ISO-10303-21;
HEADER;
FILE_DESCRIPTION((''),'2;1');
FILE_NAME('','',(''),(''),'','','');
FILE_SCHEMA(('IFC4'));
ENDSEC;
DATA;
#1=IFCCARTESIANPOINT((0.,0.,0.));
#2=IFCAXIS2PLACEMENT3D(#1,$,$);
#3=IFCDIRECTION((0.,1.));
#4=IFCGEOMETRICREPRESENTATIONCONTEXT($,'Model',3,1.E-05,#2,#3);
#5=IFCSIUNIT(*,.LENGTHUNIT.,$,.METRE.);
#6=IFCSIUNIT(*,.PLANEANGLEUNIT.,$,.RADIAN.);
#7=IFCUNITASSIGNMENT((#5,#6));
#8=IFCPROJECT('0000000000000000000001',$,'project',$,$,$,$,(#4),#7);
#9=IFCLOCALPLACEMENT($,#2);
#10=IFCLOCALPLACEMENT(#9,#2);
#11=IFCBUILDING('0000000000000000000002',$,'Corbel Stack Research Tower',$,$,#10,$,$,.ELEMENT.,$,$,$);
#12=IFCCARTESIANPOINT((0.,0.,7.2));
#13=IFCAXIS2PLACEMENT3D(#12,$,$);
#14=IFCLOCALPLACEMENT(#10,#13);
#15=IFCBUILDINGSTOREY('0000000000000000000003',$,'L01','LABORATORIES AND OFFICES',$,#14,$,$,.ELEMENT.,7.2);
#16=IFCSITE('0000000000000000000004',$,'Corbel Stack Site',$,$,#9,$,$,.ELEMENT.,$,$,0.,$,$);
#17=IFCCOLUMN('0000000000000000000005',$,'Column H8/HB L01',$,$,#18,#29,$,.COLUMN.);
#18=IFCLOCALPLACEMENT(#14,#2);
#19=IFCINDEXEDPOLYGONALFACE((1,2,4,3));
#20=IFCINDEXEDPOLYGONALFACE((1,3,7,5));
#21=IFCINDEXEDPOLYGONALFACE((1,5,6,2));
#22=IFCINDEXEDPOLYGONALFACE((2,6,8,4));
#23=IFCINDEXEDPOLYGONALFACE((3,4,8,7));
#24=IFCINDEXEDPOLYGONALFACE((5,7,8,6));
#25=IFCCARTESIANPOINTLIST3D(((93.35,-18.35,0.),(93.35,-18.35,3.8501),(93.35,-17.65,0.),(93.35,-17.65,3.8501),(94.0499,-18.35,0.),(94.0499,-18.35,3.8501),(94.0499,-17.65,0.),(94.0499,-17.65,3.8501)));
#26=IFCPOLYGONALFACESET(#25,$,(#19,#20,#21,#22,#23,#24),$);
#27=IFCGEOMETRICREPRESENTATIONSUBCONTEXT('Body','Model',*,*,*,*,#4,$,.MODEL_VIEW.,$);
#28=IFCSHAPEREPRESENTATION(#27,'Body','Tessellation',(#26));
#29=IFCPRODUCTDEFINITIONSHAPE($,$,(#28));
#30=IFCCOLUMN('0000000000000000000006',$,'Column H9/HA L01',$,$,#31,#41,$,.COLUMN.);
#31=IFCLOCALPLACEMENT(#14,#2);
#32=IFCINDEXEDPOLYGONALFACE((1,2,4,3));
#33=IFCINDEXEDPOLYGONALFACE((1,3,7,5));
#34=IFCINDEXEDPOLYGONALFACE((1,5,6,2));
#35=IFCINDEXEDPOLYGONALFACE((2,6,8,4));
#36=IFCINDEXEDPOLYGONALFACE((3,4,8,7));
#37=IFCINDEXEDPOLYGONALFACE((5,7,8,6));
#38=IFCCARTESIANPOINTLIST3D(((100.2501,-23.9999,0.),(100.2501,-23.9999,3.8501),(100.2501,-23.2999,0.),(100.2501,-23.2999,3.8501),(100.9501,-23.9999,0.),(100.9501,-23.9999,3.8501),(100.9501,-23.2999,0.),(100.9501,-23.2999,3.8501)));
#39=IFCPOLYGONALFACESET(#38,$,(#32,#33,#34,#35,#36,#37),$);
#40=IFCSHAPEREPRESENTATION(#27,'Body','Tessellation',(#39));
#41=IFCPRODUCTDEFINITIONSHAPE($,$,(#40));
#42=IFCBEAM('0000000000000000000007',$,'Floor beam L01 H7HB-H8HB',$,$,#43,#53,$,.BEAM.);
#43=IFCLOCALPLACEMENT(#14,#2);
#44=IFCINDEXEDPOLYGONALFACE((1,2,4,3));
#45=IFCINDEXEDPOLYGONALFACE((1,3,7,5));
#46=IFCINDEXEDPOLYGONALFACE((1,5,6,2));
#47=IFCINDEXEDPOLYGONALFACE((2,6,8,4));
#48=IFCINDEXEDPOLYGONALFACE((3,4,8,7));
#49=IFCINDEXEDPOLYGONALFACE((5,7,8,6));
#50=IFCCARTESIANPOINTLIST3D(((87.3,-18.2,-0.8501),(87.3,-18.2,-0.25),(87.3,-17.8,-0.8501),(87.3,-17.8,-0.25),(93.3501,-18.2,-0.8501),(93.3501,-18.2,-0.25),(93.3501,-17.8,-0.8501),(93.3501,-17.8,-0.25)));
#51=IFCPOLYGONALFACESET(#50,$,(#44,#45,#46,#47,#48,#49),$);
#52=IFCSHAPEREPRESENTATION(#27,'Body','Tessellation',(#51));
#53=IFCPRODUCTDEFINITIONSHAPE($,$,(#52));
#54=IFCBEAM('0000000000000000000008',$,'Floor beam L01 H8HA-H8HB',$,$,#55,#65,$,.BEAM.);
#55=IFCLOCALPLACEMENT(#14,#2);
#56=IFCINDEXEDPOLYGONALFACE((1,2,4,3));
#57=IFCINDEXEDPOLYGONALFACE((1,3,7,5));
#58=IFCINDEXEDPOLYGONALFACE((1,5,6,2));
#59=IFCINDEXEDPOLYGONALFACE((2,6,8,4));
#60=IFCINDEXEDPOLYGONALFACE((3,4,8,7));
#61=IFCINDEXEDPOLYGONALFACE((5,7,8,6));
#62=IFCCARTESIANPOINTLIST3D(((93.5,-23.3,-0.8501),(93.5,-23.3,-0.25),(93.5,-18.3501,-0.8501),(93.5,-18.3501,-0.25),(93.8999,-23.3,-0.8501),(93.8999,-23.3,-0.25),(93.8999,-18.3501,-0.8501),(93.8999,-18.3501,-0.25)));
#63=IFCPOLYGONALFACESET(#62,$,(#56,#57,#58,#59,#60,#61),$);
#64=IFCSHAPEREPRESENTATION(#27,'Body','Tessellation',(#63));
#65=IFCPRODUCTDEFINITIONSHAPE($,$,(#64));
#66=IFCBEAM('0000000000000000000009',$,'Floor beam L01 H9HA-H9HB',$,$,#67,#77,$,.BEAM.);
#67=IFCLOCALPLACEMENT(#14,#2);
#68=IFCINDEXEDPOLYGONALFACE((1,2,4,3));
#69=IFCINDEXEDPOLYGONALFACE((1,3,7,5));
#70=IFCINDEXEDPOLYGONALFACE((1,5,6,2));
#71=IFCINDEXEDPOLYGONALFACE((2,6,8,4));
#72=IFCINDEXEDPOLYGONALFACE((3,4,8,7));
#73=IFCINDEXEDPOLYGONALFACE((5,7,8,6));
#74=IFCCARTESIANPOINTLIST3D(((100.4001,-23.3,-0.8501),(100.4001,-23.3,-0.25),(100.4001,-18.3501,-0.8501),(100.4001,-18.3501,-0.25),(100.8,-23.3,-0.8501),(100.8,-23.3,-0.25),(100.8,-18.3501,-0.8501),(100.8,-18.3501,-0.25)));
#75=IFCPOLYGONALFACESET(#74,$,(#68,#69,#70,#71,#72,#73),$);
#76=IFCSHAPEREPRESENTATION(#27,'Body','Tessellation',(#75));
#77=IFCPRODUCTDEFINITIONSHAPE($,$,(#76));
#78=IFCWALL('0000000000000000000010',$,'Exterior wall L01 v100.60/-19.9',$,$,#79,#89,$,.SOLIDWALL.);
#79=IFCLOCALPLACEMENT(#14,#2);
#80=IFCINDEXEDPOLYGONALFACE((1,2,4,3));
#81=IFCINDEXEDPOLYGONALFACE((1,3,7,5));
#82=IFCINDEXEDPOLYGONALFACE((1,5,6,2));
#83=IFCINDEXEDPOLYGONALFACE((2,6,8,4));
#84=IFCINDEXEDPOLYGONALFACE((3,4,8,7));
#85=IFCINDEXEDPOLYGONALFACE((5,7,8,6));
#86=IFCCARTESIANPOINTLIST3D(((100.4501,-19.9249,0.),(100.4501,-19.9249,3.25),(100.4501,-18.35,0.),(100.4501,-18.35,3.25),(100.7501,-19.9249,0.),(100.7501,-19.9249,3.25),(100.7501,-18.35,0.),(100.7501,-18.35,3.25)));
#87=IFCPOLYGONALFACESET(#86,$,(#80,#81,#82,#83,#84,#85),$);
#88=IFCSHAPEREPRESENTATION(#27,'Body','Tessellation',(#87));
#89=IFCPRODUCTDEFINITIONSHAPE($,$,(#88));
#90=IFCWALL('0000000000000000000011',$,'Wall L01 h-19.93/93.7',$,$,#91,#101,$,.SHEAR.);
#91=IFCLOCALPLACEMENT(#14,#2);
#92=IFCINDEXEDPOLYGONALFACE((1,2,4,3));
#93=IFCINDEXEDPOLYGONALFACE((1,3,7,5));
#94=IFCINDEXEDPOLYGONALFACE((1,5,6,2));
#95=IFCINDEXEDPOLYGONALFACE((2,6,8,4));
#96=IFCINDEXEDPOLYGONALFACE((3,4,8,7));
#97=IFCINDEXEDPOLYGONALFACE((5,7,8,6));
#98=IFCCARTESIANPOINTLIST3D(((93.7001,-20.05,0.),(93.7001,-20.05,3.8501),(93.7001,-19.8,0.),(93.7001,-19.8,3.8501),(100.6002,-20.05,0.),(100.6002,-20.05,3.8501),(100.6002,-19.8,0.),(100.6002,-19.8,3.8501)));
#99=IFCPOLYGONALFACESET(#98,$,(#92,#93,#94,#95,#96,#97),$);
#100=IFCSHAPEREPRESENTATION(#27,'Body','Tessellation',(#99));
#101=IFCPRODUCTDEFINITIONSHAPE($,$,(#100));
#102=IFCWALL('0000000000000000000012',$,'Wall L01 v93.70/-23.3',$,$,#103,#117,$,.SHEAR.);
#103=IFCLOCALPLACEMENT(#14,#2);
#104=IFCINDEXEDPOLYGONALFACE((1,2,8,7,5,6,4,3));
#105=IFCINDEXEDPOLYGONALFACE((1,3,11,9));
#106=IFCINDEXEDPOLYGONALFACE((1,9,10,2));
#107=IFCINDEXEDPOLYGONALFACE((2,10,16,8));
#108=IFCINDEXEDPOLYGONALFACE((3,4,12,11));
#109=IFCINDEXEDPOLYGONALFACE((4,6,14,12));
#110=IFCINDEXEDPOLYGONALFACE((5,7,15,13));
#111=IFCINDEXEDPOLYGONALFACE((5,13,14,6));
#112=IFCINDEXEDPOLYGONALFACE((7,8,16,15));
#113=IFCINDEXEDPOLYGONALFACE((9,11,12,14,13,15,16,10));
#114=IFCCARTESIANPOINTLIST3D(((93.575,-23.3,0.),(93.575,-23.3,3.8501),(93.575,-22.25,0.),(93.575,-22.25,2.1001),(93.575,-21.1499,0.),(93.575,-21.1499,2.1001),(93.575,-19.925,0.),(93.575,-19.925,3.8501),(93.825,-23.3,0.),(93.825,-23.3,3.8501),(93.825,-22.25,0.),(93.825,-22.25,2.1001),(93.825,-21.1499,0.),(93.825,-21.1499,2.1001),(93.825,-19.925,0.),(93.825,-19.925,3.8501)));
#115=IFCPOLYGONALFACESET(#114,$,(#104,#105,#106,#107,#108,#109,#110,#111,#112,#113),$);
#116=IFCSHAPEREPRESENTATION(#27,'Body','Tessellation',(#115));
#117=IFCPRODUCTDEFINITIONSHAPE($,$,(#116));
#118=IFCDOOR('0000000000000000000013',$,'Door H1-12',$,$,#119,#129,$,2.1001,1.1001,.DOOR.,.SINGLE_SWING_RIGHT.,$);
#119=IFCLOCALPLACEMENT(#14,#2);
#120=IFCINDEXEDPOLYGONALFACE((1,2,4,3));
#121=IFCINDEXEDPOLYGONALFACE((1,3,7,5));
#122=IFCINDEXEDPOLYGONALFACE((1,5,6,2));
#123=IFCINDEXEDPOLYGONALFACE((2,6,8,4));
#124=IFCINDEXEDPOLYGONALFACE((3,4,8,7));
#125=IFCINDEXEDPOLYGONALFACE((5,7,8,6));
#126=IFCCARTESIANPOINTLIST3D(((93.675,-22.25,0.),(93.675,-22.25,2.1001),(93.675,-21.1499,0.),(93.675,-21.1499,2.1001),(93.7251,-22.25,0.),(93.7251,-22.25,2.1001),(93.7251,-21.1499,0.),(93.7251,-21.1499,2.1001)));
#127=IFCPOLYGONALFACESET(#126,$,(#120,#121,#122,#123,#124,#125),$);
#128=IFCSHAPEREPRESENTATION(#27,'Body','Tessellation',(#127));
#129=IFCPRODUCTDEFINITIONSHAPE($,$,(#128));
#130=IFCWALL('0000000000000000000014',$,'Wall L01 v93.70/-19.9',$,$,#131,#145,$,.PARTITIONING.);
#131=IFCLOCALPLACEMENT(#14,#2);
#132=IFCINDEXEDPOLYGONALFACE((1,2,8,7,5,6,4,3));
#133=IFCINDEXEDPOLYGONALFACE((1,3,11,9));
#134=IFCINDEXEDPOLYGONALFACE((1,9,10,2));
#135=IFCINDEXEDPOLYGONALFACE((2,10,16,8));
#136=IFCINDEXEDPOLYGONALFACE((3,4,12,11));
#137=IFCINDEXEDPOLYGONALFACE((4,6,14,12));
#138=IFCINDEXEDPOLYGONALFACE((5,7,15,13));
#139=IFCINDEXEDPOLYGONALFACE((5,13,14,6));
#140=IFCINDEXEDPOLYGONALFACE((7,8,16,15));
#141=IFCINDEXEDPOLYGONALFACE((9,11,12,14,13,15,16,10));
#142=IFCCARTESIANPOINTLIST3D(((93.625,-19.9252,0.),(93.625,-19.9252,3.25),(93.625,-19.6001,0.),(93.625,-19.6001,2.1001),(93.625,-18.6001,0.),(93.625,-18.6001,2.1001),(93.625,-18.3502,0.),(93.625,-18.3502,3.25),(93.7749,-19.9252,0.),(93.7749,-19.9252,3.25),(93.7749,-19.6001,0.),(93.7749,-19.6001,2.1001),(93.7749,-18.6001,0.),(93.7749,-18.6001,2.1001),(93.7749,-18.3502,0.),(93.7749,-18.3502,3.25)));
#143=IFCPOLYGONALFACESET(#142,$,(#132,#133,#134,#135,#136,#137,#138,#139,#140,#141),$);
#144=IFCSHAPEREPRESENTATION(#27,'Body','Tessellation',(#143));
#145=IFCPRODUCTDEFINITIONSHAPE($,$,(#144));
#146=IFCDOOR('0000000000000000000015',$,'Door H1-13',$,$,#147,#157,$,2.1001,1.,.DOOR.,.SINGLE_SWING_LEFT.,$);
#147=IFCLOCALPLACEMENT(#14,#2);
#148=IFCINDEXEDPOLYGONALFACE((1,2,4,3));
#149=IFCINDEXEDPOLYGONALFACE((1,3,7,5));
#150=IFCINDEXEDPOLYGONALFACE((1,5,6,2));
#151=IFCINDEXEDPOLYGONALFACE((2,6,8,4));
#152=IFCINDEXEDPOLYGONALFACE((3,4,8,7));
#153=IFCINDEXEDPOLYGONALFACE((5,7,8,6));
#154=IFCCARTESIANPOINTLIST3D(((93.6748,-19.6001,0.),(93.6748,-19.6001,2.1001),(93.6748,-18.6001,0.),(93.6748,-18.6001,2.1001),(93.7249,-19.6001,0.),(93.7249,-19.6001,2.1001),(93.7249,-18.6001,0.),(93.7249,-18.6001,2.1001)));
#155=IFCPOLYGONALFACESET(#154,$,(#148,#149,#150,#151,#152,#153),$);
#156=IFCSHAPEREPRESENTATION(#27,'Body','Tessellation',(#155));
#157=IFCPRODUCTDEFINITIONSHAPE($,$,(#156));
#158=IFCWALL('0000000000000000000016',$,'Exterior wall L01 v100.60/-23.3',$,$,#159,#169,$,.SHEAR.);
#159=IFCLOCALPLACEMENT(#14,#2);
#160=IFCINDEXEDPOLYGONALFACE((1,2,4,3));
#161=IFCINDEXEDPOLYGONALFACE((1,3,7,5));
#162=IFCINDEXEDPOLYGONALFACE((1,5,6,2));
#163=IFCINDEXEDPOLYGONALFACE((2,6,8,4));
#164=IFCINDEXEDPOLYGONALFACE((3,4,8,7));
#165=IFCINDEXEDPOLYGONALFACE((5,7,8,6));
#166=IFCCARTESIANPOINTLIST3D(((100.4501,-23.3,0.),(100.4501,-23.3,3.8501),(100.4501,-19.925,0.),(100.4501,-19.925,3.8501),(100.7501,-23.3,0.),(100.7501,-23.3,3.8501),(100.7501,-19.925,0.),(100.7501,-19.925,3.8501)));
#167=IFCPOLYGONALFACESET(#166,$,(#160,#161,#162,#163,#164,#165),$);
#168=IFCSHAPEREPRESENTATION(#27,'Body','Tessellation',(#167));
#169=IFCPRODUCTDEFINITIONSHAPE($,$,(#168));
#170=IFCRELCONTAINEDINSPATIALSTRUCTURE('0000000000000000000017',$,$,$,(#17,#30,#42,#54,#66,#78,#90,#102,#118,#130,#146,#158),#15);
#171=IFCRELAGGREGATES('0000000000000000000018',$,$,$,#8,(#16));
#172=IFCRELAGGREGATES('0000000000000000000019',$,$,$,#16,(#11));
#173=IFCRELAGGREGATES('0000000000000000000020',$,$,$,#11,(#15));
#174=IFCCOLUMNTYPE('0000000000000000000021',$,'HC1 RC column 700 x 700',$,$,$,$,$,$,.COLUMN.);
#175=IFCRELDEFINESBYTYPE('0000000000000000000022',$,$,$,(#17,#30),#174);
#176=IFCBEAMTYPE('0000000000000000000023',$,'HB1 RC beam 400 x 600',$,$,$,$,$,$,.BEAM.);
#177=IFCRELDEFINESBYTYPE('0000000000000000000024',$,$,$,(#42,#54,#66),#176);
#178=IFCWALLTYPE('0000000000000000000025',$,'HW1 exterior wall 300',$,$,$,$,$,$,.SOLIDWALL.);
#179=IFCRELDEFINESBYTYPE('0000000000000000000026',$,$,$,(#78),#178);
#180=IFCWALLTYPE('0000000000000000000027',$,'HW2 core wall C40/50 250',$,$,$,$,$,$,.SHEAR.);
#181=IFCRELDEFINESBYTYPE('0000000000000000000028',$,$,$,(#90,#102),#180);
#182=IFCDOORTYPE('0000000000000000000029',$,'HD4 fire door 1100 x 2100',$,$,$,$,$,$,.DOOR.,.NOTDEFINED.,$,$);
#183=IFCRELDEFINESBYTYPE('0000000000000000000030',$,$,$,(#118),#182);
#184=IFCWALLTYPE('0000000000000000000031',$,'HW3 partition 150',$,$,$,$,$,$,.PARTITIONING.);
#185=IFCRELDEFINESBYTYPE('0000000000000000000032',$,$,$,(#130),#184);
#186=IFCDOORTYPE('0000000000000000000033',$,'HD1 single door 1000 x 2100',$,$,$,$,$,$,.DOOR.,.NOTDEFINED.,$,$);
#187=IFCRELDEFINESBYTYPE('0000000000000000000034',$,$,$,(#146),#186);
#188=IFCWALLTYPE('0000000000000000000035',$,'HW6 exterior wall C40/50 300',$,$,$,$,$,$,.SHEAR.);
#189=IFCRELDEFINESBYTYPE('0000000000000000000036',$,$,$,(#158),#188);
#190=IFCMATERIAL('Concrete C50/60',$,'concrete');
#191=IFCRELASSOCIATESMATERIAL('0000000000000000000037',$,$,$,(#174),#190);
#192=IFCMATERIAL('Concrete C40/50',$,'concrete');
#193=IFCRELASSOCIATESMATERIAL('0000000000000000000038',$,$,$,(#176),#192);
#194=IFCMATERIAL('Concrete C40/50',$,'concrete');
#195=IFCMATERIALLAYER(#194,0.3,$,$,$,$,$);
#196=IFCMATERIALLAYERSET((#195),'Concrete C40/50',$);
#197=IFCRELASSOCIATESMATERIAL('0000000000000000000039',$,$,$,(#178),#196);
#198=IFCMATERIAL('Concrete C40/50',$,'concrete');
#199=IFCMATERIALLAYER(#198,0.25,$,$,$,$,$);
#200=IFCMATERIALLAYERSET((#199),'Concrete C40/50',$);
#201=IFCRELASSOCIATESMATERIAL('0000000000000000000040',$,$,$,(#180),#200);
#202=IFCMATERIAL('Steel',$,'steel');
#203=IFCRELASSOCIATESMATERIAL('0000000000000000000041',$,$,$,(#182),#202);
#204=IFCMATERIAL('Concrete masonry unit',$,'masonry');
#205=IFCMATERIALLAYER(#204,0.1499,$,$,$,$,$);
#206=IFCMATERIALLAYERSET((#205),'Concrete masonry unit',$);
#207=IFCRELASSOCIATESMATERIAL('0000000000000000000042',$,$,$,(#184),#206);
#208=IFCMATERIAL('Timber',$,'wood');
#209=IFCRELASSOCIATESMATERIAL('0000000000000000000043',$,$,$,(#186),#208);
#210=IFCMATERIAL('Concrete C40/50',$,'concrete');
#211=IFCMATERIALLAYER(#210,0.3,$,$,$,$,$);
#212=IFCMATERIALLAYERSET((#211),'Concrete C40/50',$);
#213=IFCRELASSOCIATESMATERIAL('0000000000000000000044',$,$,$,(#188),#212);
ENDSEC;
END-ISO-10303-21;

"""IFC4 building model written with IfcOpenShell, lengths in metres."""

from ifc_helpers import new_model, si_unit, direction, frame, frame_2d, origin, origin_2d, place, context, subcontext, project, spatial, rectangle, extrude, material, layer, layer_set, material_profile, profile_set, type_object, element, fill, save


model = new_model("IFC4")

# Units and contexts
model_context = context("Model", 3, precision=1e-05, world=origin(), true_north=direction((0.0, 1.0)))
body_context = subcontext(model_context, "Body", "Model", "MODEL_VIEW")
ifc_project = project(units=[si_unit("LENGTHUNIT", "METRE"), si_unit("PLANEANGLEUNIT", "RADIAN")], contexts=[model_context])

# Site, building, storey
site_placement = place(None, origin())
site = spatial("IfcSite", under=ifc_project, at=site_placement, Name="Corbel Stack Site", CompositionType="ELEMENT", RefElevation=0.0)
building_placement = place(site_placement, origin())
building = spatial("IfcBuilding", under=site, at=building_placement, Name="Corbel Stack Research Tower", CompositionType="ELEMENT")
storey_placement = place(building_placement, frame((0.0, 0.0, 7.2)))
storey = spatial("IfcBuildingStorey", under=building, at=storey_placement, Name="L01", Description="LABORATORIES AND OFFICES", CompositionType="ELEMENT", Elevation=7.2)

# Columns
ifc_material_1 = material(Name="Concrete C50/60", Category="concrete")
ifc_material_profile_1 = material_profile(ifc_material_1, rectangle(XDim=0.7, YDim=0.7, at=origin_2d()), Name="RC 700 x 700")
ifc_profile_set_1 = profile_set([ifc_material_profile_1], Name="Concrete C50/60")
column_type = type_object("IfcColumnType", Name="HC1 RC column 700 x 700", PredefinedType="COLUMN", material=ifc_profile_set_1)
for number, where, z_axis, x_axis, name in (
    (1, (93.7, -18.0, 0.0), (0.0, 0.0, 1.0), (1.0, 0.0, 0.0), "Column H8/HB L01"),
    (2, (100.6001, -23.6499, 0.0), (0.0, 0.0, 1.0), (1.0, 0.0, 0.0), "Column H9/HA L01"),
):
    element("IfcColumn", number, at=place(storey_placement, frame(where, z_axis=z_axis, x_axis=x_axis)), inside=storey, type_object=column_type, Name=name, PredefinedType="COLUMN", context=body_context, shape_type="SweptSolid", body=[
        extrude(rectangle(XDim=0.7, YDim=0.7, at=origin_2d()), origin(), (0.0, 0.0, 1.0), 3.8501),
    ])

# Beams
ifc_material_2 = material(Name="Concrete C40/50", Category="concrete")
ifc_material_profile_2 = material_profile(ifc_material_2, rectangle(XDim=0.3999, YDim=0.6001, at=origin_2d()), Name="RC 400 x 600")
ifc_profile_set_2 = profile_set([ifc_material_profile_2], Name="Concrete C40/50")
beam_type = type_object("IfcBeamType", Name="HB1 RC beam 400 x 600", PredefinedType="BEAM", material=ifc_profile_set_2)
beam_placement = place(storey_placement, frame((87.3, -18.0, -0.55), z_axis=(1.0, 0.0, 0.0), x_axis=(0.0, 1.0, 0.0)))
element("IfcBeam", 3, at=beam_placement, inside=storey, type_object=beam_type, Name="Floor beam L01 H7HB-H8HB", PredefinedType="BEAM", context=body_context, shape_type="SweptSolid", body=[
    extrude(rectangle(XDim=0.3999, YDim=0.6001, at=origin_2d()), origin(), (0.0, 0.0, 1.0), 6.05),
])
for number, where, z_axis, x_axis, name in (
    (4, (93.7, -23.3, -0.55), (0.0, 1.0, 0.0), (-1.0, 0.0, 0.0), "Floor beam L01 H8HA-H8HB"),
    (5, (100.6001, -23.3, -0.55), (0.0, 1.0, 0.0), (-1.0, 0.0, 0.0), "Floor beam L01 H9HA-H9HB"),
):
    element("IfcBeam", number, at=place(storey_placement, frame(where, z_axis=z_axis, x_axis=x_axis)), inside=storey, type_object=beam_type, Name=name, PredefinedType="BEAM", context=body_context, shape_type="SweptSolid", body=[
        extrude(rectangle(XDim=0.3999, YDim=0.6001, at=origin_2d()), origin(), (0.0, 0.0, 1.0), 4.95),
    ])

# Walls
ifc_material_3 = material(Name="Concrete C40/50", Category="concrete")
ifc_layer_1 = layer(ifc_material_3, 0.3)
ifc_layer_set_1 = layer_set([ifc_layer_1], Name="Concrete C40/50")
wall_type_1 = type_object("IfcWallType", Name="HW1 exterior wall 300", PredefinedType="SOLIDWALL", material=ifc_layer_set_1)
wall_1_placement = place(storey_placement, frame((100.6001, -19.925, 0.0), z_axis=(0.0, 0.0, 1.0), x_axis=(0.0, 1.0, 0.0)))
element("IfcWall", 6, at=wall_1_placement, inside=storey, type_object=wall_type_1, Name="Exterior wall L01 v100.60/-19.9", PredefinedType="SOLIDWALL", context=body_context, shape_type="SweptSolid", body=[
    extrude(rectangle(XDim=1.575, YDim=0.3, at=frame_2d((0.7876, 0.0))), origin(), (0.0, 0.0, 1.0), 3.25),
])
ifc_material_4 = material(Name="Concrete C40/50", Category="concrete")
ifc_layer_2 = layer(ifc_material_4, 0.25)
ifc_layer_set_2 = layer_set([ifc_layer_2], Name="Concrete C40/50")
wall_type_2 = type_object("IfcWallType", Name="HW2 core wall C40/50 250", PredefinedType="SHEAR", material=ifc_layer_set_2)
wall_2_placement = place(storey_placement, frame((93.7, -19.925, 0.0), z_axis=(0.0, 0.0, 1.0), x_axis=(1.0, 0.0, 0.0)))
element("IfcWall", 7, at=wall_2_placement, inside=storey, type_object=wall_type_2, Name="Wall L01 h-19.93/93.7", PredefinedType="SHEAR", context=body_context, shape_type="SweptSolid", body=[
    extrude(rectangle(XDim=6.9001, YDim=0.25, at=frame_2d((3.4502, 0.0))), origin(), (0.0, 0.0, 1.0), 3.8501),
])

# Walls, openings, doors
wall_3_placement = place(storey_placement, frame((93.7, -23.3, 0.0), z_axis=(0.0, 0.0, 1.0), x_axis=(0.0, 1.0, 0.0)))
wall_3 = element("IfcWall", 8, at=wall_3_placement, inside=storey, type_object=wall_type_2, Name="Wall L01 v93.70/-23.3", PredefinedType="SHEAR", context=body_context, shape_type="SweptSolid", body=[
    extrude(rectangle(XDim=3.375, YDim=0.25, at=frame_2d((1.6875, 0.0))), origin(), (0.0, 0.0, 1.0), 3.8501),
])
opening_1_placement = place(wall_3_placement, frame((1.05, 0.0, 0.0)))
opening_1 = element("IfcOpeningElement", 9, at=opening_1_placement, cuts=wall_3, PredefinedType="OPENING", context=body_context, shape_type="SweptSolid", body=[
    extrude(rectangle(XDim=1.1001, YDim=2.1001, at=frame_2d((0.55, 1.05))), frame((0.0, 0.135, 0.0), z_axis=(0.0, -1.0, 0.0), x_axis=(1.0, 0.0, 0.0)), (0.0, 0.0, 1.0), 0.27),
])
ifc_material_5 = material(Name="Steel", Category="steel")
door_type_1 = type_object("IfcDoorType", Name="HD4 fire door 1100 x 2100", OperationType="NOTDEFINED", PredefinedType="DOOR", material=ifc_material_5)
door_1_placement = place(opening_1_placement, origin())
door_1 = element("IfcDoor", 10, at=door_1_placement, inside=storey, type_object=door_type_1, Name="Door H1-12", OperationType="SINGLE_SWING_RIGHT", OverallHeight=2.1001, OverallWidth=1.1001, PredefinedType="DOOR", context=body_context, shape_type="SweptSolid", body=[
    extrude(rectangle(XDim=1.1001, YDim=2.1001, at=frame_2d((0.55, 1.05))), frame((0.0, 0.0249, 0.0), z_axis=(0.0, -1.0, 0.0), x_axis=(1.0, 0.0, 0.0)), (0.0, 0.0, 1.0), 0.05),
])
fill(opening_1, door_1)
ifc_material_6 = material(Name="Concrete masonry unit", Category="masonry")
ifc_layer_3 = layer(ifc_material_6, 0.1499)
ifc_layer_set_3 = layer_set([ifc_layer_3], Name="Concrete masonry unit")
wall_type_3 = type_object("IfcWallType", Name="HW3 partition 150", PredefinedType="PARTITIONING", material=ifc_layer_set_3)
wall_4_placement = place(storey_placement, frame((93.7, -18.3501, 0.0), z_axis=(0.0, 0.0, 1.0), x_axis=(0.0, -1.0, 0.0)))
wall_4 = element("IfcWall", 11, at=wall_4_placement, inside=storey, type_object=wall_type_3, Name="Wall L01 v93.70/-19.9", PredefinedType="PARTITIONING", context=body_context, shape_type="SweptSolid", body=[
    extrude(rectangle(XDim=1.575, YDim=0.1499, at=frame_2d((0.7876, 0.0))), origin(), (0.0, 0.0, 1.0), 3.25),
])
opening_2_placement = place(wall_4_placement, frame((0.25, 0.0, 0.0)))
opening_2 = element("IfcOpeningElement", 12, at=opening_2_placement, cuts=wall_4, PredefinedType="OPENING", context=body_context, shape_type="SweptSolid", body=[
    extrude(rectangle(XDim=1.0, YDim=2.1001, at=frame_2d((0.5, 1.05))), frame((0.0, 0.085, 0.0), z_axis=(0.0, -1.0, 0.0), x_axis=(1.0, 0.0, 0.0)), (0.0, 0.0, 1.0), 0.1699),
])
ifc_material_7 = material(Name="Timber", Category="wood")
door_type_2 = type_object("IfcDoorType", Name="HD1 single door 1000 x 2100", OperationType="NOTDEFINED", PredefinedType="DOOR", material=ifc_material_7)
door_2_placement = place(opening_2_placement, origin())
door_2 = element("IfcDoor", 13, at=door_2_placement, inside=storey, type_object=door_type_2, Name="Door H1-13", OperationType="SINGLE_SWING_LEFT", OverallHeight=2.1001, OverallWidth=1.0, PredefinedType="DOOR", context=body_context, shape_type="SweptSolid", body=[
    extrude(rectangle(XDim=1.0, YDim=2.1001, at=frame_2d((0.5, 1.05))), frame((0.0, 0.0249, 0.0), z_axis=(0.0, -1.0, 0.0), x_axis=(1.0, 0.0, 0.0)), (0.0, 0.0, 1.0), 0.05),
])
fill(opening_2, door_2)

# Wall
ifc_material_8 = material(Name="Concrete C40/50", Category="concrete")
ifc_layer_4 = layer(ifc_material_8, 0.3)
ifc_layer_set_4 = layer_set([ifc_layer_4], Name="Concrete C40/50")
wall_type_4 = type_object("IfcWallType", Name="HW6 exterior wall C40/50 300", PredefinedType="SHEAR", material=ifc_layer_set_4)
wall_5_placement = place(storey_placement, frame((100.6001, -23.3, 0.0), z_axis=(0.0, 0.0, 1.0), x_axis=(0.0, 1.0, 0.0)))
element("IfcWall", 14, at=wall_5_placement, inside=storey, type_object=wall_type_4, Name="Exterior wall L01 v100.60/-23.3", PredefinedType="SHEAR", context=body_context, shape_type="SweptSolid", body=[
    extrude(rectangle(XDim=3.375, YDim=0.3, at=frame_2d((1.6875, 0.0))), origin(), (0.0, 0.0, 1.0), 3.8501),
])

save(model, "model.ifc")
